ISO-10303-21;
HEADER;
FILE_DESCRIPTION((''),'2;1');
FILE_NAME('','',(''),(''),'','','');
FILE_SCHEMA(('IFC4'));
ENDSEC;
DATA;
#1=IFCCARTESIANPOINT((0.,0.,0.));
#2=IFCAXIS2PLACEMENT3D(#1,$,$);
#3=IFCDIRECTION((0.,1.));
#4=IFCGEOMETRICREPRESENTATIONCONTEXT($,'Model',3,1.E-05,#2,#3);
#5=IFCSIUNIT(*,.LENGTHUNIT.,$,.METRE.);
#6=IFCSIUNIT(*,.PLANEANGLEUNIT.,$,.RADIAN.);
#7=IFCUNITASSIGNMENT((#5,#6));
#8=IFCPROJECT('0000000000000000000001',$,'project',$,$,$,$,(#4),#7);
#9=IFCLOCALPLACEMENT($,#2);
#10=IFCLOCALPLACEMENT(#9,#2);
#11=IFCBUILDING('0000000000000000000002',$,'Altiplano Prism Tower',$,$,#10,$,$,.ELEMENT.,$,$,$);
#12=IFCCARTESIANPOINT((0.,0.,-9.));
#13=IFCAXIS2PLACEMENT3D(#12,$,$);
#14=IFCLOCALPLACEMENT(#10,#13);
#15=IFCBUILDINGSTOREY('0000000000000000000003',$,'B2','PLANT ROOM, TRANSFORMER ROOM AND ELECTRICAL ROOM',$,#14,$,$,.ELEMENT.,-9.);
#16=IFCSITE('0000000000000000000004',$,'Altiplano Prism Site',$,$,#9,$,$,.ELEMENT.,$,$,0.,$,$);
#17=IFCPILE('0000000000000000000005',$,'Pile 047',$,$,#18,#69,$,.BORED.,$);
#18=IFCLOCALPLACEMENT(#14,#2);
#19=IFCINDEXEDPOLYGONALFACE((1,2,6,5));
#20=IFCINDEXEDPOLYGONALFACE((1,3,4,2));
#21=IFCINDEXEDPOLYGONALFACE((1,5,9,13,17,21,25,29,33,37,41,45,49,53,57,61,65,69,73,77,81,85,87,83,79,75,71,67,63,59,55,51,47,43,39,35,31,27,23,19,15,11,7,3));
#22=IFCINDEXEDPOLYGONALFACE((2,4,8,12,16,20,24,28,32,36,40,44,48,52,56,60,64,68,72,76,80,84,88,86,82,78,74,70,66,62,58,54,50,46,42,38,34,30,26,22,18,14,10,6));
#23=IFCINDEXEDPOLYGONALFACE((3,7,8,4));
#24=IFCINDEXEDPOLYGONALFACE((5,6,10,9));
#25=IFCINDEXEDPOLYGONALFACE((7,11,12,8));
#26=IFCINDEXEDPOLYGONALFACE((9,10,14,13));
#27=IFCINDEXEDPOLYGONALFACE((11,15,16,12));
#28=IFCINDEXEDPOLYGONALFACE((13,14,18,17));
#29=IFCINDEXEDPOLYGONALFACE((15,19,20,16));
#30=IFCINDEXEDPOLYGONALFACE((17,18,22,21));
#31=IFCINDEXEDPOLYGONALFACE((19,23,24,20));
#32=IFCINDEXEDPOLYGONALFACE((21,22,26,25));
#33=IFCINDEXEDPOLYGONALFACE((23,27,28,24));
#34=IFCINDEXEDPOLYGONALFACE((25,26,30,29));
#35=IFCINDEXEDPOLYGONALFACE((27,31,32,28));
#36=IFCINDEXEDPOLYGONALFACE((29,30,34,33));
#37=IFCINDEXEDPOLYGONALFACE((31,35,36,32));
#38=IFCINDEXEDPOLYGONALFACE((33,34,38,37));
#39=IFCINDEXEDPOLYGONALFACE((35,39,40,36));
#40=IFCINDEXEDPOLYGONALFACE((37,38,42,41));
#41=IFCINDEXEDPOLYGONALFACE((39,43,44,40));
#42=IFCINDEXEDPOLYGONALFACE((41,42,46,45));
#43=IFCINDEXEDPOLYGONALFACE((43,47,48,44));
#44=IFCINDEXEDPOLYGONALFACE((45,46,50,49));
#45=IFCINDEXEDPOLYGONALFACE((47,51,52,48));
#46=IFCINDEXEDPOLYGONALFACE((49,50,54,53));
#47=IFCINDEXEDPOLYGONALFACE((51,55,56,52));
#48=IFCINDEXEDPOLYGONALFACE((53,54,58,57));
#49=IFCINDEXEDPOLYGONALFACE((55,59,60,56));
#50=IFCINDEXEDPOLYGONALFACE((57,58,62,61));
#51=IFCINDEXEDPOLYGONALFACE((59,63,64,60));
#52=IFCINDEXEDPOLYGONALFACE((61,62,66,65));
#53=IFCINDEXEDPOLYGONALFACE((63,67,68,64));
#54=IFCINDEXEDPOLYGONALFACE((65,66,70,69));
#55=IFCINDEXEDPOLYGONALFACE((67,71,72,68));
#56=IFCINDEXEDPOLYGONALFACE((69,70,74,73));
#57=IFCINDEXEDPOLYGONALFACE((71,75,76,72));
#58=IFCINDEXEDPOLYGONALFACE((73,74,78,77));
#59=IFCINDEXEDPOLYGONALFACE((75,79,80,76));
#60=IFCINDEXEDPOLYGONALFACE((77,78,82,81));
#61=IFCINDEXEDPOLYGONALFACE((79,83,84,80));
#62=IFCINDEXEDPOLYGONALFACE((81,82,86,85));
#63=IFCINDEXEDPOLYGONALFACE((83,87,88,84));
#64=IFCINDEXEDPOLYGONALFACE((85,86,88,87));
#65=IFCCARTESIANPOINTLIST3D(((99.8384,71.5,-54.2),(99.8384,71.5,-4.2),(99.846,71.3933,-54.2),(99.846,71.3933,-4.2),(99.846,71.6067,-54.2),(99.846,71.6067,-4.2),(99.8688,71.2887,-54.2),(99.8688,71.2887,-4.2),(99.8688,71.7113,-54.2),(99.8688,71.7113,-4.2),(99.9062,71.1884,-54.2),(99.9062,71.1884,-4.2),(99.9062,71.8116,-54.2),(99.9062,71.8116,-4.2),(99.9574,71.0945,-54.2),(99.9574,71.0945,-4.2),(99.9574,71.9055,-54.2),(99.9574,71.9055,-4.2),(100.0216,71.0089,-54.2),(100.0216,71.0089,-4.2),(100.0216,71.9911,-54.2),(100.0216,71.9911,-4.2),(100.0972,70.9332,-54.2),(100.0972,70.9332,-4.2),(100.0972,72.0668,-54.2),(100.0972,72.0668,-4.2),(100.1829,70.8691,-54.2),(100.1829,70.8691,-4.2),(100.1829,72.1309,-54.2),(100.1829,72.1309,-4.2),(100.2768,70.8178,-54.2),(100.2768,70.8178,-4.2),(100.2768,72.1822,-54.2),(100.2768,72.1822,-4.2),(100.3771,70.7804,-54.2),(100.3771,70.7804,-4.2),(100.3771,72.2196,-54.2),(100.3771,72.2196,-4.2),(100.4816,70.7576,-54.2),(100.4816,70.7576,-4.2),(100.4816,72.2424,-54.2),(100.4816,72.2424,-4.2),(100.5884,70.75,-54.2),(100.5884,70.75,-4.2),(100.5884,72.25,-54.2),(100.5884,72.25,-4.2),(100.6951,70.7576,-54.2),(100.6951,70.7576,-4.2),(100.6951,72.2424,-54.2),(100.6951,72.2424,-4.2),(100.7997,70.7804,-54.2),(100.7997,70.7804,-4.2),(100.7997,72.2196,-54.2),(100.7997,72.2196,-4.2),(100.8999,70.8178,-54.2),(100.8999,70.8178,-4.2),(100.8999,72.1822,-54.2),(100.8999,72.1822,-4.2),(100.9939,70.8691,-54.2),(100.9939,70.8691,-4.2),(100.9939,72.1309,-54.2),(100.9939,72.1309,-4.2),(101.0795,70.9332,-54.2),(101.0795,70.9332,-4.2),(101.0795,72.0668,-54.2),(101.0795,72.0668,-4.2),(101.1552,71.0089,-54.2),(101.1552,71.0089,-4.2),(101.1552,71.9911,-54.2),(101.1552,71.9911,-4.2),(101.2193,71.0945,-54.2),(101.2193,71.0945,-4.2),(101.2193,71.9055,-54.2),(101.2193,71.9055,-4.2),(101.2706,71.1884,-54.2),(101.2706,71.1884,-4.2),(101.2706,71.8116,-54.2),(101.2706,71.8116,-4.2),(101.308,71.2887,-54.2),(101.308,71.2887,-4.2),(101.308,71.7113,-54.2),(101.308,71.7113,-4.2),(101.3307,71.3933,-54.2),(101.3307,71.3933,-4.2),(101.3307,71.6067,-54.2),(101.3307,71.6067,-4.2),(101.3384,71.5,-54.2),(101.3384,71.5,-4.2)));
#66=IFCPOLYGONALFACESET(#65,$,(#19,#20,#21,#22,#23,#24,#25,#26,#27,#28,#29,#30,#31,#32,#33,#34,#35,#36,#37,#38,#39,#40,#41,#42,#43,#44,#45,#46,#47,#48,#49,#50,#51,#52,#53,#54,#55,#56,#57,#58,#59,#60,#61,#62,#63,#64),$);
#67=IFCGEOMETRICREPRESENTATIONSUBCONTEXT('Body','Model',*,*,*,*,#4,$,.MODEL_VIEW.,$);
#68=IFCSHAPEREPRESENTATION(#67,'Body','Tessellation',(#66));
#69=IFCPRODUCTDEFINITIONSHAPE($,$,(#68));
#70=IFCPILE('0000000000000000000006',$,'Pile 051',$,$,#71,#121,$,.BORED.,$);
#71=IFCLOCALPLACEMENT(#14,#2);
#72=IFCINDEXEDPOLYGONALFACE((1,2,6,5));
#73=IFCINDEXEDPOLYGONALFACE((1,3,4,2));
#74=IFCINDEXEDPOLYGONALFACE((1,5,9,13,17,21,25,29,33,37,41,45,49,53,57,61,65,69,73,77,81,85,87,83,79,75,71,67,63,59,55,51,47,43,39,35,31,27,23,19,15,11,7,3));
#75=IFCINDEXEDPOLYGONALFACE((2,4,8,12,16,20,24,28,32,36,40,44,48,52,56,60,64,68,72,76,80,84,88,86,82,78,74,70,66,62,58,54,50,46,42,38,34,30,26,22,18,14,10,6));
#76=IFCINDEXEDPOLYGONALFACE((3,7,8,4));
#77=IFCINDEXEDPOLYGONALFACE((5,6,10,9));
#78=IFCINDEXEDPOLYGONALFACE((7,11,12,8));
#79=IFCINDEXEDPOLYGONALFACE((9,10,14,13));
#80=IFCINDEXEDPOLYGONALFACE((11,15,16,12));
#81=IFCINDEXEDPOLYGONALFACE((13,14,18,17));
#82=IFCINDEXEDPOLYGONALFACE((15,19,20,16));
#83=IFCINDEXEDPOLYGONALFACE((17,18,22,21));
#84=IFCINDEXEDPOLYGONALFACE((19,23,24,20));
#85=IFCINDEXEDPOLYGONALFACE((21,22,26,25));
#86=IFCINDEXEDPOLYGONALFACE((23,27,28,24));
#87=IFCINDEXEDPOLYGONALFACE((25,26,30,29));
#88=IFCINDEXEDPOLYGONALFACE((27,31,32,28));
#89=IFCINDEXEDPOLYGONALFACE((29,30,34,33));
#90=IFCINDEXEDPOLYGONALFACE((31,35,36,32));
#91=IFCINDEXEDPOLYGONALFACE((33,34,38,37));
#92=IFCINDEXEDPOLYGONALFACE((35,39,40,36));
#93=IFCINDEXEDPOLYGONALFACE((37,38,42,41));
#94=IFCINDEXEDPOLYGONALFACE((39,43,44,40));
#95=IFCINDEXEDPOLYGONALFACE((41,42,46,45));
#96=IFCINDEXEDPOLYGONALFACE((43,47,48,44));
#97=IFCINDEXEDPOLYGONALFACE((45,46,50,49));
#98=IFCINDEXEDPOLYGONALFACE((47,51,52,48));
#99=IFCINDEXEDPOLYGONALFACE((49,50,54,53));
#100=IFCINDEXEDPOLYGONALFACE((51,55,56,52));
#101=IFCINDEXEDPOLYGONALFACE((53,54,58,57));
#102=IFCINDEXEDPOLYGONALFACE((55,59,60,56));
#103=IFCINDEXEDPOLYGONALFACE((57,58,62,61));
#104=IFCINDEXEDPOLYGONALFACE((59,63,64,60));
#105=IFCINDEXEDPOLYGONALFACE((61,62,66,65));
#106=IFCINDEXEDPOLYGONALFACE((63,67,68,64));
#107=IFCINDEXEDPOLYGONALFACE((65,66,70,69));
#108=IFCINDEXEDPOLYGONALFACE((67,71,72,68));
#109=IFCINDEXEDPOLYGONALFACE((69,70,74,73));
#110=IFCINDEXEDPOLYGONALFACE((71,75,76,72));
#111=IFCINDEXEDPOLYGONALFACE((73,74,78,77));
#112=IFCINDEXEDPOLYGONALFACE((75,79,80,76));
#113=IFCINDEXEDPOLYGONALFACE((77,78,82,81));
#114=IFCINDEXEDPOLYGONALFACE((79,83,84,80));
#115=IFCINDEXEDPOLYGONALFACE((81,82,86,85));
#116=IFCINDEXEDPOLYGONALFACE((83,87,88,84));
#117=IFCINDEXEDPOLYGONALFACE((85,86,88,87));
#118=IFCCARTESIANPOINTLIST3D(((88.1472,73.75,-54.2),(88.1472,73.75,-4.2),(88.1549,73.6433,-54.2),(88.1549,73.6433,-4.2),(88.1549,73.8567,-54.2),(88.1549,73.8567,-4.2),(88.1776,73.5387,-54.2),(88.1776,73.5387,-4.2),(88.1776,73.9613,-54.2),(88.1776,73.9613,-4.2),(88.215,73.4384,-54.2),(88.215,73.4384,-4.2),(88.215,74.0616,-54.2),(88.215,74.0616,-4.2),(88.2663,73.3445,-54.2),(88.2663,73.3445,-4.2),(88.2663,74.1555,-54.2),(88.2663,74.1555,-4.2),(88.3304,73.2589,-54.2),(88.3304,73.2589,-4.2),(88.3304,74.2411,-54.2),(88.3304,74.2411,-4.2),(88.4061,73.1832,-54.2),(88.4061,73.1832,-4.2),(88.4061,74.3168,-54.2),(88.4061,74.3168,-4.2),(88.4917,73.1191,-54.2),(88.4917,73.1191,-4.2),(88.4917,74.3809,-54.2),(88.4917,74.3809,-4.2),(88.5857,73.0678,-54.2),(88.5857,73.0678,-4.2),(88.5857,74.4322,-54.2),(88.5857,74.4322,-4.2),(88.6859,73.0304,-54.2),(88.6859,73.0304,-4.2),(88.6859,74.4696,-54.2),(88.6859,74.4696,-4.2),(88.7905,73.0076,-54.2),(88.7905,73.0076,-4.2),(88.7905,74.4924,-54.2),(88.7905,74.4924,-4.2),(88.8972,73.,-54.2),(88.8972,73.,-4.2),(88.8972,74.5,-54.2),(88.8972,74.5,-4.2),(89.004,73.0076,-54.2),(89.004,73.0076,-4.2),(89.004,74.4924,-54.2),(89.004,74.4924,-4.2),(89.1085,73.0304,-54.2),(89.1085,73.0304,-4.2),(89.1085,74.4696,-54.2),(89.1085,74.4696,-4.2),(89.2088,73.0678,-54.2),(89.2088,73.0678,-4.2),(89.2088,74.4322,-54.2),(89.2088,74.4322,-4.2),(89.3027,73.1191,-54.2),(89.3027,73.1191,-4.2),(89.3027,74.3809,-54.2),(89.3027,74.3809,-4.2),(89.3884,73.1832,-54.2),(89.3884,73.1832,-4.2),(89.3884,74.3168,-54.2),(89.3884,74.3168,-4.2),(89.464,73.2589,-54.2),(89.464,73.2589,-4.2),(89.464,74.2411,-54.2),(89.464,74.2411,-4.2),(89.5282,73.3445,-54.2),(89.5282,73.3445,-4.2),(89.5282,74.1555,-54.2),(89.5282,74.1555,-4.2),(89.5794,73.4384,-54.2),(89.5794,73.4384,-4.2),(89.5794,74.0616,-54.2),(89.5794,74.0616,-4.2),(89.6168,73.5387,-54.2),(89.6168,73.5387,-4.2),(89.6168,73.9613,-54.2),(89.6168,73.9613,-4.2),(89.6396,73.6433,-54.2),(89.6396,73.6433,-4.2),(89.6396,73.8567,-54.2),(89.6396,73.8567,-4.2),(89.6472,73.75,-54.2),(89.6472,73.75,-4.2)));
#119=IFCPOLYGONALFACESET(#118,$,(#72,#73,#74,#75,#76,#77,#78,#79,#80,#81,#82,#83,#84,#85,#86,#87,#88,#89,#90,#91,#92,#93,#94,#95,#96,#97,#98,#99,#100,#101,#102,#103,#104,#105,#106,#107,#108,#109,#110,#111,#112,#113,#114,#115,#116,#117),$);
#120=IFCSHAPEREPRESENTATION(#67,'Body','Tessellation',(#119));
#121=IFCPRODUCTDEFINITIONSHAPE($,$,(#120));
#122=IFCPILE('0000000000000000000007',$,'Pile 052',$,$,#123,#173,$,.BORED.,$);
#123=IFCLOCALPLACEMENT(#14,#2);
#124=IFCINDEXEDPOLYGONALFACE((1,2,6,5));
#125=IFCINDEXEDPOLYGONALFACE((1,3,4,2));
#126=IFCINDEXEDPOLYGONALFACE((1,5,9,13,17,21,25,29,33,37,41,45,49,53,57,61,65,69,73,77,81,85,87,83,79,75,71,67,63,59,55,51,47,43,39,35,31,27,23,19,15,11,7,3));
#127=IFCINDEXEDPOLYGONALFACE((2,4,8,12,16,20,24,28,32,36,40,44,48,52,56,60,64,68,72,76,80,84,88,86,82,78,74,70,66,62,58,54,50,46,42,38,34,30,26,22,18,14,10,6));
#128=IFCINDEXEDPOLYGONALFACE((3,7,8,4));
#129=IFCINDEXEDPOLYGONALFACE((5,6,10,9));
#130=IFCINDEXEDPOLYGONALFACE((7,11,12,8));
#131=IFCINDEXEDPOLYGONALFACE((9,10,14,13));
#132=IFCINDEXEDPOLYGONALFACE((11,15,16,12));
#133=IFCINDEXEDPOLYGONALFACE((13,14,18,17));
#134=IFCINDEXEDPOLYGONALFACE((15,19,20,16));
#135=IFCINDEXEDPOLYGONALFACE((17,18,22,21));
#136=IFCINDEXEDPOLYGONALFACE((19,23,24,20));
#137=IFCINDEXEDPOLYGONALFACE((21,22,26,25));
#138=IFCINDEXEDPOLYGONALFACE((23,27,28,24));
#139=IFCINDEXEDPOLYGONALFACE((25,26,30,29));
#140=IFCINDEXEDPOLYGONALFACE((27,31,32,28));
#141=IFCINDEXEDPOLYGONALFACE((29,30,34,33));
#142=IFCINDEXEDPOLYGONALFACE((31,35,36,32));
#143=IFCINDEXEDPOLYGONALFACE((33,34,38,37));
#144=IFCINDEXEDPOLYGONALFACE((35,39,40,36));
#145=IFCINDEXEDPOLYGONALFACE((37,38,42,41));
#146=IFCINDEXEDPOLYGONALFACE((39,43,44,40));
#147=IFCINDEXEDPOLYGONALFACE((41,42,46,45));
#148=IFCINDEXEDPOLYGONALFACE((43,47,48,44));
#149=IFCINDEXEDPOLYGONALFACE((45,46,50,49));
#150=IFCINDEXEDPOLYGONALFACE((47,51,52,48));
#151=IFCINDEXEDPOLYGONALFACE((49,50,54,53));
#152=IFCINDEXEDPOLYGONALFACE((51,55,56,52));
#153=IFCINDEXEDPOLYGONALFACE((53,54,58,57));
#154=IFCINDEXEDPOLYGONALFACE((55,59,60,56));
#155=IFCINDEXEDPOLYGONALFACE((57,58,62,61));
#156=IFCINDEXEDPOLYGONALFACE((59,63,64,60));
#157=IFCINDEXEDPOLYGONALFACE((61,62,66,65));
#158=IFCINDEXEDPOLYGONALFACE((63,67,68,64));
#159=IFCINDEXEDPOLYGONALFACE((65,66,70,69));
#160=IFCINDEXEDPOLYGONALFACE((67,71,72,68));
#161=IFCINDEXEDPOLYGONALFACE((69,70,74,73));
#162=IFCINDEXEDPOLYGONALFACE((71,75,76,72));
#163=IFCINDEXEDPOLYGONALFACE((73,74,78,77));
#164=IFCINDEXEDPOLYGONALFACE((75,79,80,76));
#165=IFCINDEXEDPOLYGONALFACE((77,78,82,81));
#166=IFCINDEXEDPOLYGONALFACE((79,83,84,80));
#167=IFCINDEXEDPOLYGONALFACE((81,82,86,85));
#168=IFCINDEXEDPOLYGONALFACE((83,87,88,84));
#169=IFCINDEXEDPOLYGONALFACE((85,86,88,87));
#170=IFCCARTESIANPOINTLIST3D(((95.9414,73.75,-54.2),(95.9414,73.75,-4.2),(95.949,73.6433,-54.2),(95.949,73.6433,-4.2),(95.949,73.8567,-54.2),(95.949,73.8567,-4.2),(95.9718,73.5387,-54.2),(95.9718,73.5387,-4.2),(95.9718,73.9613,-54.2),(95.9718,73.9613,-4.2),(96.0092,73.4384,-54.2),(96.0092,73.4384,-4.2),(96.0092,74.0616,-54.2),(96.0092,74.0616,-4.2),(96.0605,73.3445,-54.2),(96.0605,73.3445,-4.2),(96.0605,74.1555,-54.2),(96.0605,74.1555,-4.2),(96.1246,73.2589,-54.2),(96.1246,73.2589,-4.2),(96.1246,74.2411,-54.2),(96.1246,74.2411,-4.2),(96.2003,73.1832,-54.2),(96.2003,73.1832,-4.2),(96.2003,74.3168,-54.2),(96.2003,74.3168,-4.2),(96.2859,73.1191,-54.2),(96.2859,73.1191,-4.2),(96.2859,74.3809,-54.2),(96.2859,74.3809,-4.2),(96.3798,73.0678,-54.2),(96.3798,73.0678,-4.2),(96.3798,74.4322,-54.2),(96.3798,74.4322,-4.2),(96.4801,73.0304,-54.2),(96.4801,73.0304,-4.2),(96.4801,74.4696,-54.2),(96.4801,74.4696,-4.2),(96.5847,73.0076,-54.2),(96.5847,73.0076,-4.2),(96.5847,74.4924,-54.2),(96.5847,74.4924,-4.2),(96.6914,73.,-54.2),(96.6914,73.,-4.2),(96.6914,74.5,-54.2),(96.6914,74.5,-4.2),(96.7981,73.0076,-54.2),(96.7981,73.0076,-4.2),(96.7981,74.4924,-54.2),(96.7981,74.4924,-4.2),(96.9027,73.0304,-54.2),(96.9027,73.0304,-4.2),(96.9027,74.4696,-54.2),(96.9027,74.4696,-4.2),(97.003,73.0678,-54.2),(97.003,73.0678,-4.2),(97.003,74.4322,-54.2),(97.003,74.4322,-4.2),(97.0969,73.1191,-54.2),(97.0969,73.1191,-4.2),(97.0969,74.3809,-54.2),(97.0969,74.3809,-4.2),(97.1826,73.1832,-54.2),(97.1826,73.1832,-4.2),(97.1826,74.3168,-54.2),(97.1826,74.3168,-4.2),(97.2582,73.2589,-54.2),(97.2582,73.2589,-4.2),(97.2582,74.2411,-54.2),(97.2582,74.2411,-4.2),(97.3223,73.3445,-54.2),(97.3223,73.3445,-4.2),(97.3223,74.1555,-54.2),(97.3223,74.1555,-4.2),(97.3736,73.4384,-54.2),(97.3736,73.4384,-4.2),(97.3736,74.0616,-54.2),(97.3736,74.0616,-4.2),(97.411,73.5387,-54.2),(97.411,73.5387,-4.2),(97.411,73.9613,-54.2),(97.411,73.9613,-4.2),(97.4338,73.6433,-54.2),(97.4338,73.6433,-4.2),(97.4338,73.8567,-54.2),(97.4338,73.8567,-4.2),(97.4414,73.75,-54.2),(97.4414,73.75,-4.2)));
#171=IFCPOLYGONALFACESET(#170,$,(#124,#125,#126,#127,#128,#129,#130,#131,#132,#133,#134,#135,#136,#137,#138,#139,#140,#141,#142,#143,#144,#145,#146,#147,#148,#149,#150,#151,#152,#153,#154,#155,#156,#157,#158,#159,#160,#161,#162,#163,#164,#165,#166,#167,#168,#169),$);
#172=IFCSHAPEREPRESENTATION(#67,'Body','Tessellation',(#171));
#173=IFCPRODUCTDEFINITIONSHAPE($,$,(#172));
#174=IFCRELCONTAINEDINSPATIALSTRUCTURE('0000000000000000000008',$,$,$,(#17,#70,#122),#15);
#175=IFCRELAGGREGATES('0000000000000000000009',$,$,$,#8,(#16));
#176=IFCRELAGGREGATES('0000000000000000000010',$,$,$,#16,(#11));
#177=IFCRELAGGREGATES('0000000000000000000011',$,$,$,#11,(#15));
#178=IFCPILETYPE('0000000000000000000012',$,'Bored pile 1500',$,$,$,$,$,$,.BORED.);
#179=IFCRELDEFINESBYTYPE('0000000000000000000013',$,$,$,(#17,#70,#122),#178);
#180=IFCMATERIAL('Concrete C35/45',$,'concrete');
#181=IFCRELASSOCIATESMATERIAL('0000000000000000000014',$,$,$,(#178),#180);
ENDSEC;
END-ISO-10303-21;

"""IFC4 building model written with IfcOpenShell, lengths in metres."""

from ifc_helpers import new_model, si_unit, direction, frame, origin, origin_2d, place, context, subcontext, project, spatial, circle, extrude, material, material_profile, profile_set, type_object, element, save


model = new_model("IFC4")

# Units and contexts
model_context = context("Model", 3, precision=1e-05, world=origin(), true_north=direction((0.0, 1.0)))
body_context = subcontext(model_context, "Body", "Model", "MODEL_VIEW")
ifc_project = project(units=[si_unit("LENGTHUNIT", "METRE"), si_unit("PLANEANGLEUNIT", "RADIAN")], contexts=[model_context])

# Site, building, storey
site_placement = place(None, origin())
site = spatial("IfcSite", under=ifc_project, at=site_placement, Name="Altiplano Prism Site", CompositionType="ELEMENT", RefElevation=0.0)
building_placement = place(site_placement, origin())
building = spatial("IfcBuilding", under=site, at=building_placement, Name="Altiplano Prism Tower", CompositionType="ELEMENT")
storey_placement = place(building_placement, frame((0.0, 0.0, -9.0)))
storey = spatial("IfcBuildingStorey", under=building, at=storey_placement, Name="B2", Description="PLANT ROOM, TRANSFORMER ROOM AND ELECTRICAL ROOM", CompositionType="ELEMENT", Elevation=-9.0)

# Piles
ifc_material_1 = material(Name="Concrete C35/45", Category="concrete")
ifc_material_profile_1 = material_profile(ifc_material_1, circle(Radius=0.75, at=origin_2d()), Name="Bored pile 1500")
ifc_profile_set_1 = profile_set([ifc_material_profile_1], Name="Concrete C35/45")
pile_type = type_object("IfcPileType", Name="Bored pile 1500", PredefinedType="BORED", material=ifc_profile_set_1)
for number, where, z_axis, x_axis, name in (
    (1, (100.5884, 71.5, -4.2), (0.0, 0.0, -1.0), (1.0, 0.0, 0.0), "Pile 047"),
    (2, (88.8972, 73.75, -4.2), (0.0, 0.0, -1.0), (1.0, 0.0, 0.0), "Pile 051"),
    (3, (96.6914, 73.75, -4.2), (0.0, 0.0, -1.0), (1.0, 0.0, 0.0), "Pile 052"),
):
    element("IfcPile", number, at=place(storey_placement, frame(where, z_axis=z_axis, x_axis=x_axis)), inside=storey, type_object=pile_type, Name=name, PredefinedType="BORED", context=body_context, shape_type="SweptSolid", body=[
        extrude(circle(Radius=0.75, at=origin_2d()), origin(), (0.0, 0.0, 1.0), 50.0),
    ])

save(model, "model.ifc")
